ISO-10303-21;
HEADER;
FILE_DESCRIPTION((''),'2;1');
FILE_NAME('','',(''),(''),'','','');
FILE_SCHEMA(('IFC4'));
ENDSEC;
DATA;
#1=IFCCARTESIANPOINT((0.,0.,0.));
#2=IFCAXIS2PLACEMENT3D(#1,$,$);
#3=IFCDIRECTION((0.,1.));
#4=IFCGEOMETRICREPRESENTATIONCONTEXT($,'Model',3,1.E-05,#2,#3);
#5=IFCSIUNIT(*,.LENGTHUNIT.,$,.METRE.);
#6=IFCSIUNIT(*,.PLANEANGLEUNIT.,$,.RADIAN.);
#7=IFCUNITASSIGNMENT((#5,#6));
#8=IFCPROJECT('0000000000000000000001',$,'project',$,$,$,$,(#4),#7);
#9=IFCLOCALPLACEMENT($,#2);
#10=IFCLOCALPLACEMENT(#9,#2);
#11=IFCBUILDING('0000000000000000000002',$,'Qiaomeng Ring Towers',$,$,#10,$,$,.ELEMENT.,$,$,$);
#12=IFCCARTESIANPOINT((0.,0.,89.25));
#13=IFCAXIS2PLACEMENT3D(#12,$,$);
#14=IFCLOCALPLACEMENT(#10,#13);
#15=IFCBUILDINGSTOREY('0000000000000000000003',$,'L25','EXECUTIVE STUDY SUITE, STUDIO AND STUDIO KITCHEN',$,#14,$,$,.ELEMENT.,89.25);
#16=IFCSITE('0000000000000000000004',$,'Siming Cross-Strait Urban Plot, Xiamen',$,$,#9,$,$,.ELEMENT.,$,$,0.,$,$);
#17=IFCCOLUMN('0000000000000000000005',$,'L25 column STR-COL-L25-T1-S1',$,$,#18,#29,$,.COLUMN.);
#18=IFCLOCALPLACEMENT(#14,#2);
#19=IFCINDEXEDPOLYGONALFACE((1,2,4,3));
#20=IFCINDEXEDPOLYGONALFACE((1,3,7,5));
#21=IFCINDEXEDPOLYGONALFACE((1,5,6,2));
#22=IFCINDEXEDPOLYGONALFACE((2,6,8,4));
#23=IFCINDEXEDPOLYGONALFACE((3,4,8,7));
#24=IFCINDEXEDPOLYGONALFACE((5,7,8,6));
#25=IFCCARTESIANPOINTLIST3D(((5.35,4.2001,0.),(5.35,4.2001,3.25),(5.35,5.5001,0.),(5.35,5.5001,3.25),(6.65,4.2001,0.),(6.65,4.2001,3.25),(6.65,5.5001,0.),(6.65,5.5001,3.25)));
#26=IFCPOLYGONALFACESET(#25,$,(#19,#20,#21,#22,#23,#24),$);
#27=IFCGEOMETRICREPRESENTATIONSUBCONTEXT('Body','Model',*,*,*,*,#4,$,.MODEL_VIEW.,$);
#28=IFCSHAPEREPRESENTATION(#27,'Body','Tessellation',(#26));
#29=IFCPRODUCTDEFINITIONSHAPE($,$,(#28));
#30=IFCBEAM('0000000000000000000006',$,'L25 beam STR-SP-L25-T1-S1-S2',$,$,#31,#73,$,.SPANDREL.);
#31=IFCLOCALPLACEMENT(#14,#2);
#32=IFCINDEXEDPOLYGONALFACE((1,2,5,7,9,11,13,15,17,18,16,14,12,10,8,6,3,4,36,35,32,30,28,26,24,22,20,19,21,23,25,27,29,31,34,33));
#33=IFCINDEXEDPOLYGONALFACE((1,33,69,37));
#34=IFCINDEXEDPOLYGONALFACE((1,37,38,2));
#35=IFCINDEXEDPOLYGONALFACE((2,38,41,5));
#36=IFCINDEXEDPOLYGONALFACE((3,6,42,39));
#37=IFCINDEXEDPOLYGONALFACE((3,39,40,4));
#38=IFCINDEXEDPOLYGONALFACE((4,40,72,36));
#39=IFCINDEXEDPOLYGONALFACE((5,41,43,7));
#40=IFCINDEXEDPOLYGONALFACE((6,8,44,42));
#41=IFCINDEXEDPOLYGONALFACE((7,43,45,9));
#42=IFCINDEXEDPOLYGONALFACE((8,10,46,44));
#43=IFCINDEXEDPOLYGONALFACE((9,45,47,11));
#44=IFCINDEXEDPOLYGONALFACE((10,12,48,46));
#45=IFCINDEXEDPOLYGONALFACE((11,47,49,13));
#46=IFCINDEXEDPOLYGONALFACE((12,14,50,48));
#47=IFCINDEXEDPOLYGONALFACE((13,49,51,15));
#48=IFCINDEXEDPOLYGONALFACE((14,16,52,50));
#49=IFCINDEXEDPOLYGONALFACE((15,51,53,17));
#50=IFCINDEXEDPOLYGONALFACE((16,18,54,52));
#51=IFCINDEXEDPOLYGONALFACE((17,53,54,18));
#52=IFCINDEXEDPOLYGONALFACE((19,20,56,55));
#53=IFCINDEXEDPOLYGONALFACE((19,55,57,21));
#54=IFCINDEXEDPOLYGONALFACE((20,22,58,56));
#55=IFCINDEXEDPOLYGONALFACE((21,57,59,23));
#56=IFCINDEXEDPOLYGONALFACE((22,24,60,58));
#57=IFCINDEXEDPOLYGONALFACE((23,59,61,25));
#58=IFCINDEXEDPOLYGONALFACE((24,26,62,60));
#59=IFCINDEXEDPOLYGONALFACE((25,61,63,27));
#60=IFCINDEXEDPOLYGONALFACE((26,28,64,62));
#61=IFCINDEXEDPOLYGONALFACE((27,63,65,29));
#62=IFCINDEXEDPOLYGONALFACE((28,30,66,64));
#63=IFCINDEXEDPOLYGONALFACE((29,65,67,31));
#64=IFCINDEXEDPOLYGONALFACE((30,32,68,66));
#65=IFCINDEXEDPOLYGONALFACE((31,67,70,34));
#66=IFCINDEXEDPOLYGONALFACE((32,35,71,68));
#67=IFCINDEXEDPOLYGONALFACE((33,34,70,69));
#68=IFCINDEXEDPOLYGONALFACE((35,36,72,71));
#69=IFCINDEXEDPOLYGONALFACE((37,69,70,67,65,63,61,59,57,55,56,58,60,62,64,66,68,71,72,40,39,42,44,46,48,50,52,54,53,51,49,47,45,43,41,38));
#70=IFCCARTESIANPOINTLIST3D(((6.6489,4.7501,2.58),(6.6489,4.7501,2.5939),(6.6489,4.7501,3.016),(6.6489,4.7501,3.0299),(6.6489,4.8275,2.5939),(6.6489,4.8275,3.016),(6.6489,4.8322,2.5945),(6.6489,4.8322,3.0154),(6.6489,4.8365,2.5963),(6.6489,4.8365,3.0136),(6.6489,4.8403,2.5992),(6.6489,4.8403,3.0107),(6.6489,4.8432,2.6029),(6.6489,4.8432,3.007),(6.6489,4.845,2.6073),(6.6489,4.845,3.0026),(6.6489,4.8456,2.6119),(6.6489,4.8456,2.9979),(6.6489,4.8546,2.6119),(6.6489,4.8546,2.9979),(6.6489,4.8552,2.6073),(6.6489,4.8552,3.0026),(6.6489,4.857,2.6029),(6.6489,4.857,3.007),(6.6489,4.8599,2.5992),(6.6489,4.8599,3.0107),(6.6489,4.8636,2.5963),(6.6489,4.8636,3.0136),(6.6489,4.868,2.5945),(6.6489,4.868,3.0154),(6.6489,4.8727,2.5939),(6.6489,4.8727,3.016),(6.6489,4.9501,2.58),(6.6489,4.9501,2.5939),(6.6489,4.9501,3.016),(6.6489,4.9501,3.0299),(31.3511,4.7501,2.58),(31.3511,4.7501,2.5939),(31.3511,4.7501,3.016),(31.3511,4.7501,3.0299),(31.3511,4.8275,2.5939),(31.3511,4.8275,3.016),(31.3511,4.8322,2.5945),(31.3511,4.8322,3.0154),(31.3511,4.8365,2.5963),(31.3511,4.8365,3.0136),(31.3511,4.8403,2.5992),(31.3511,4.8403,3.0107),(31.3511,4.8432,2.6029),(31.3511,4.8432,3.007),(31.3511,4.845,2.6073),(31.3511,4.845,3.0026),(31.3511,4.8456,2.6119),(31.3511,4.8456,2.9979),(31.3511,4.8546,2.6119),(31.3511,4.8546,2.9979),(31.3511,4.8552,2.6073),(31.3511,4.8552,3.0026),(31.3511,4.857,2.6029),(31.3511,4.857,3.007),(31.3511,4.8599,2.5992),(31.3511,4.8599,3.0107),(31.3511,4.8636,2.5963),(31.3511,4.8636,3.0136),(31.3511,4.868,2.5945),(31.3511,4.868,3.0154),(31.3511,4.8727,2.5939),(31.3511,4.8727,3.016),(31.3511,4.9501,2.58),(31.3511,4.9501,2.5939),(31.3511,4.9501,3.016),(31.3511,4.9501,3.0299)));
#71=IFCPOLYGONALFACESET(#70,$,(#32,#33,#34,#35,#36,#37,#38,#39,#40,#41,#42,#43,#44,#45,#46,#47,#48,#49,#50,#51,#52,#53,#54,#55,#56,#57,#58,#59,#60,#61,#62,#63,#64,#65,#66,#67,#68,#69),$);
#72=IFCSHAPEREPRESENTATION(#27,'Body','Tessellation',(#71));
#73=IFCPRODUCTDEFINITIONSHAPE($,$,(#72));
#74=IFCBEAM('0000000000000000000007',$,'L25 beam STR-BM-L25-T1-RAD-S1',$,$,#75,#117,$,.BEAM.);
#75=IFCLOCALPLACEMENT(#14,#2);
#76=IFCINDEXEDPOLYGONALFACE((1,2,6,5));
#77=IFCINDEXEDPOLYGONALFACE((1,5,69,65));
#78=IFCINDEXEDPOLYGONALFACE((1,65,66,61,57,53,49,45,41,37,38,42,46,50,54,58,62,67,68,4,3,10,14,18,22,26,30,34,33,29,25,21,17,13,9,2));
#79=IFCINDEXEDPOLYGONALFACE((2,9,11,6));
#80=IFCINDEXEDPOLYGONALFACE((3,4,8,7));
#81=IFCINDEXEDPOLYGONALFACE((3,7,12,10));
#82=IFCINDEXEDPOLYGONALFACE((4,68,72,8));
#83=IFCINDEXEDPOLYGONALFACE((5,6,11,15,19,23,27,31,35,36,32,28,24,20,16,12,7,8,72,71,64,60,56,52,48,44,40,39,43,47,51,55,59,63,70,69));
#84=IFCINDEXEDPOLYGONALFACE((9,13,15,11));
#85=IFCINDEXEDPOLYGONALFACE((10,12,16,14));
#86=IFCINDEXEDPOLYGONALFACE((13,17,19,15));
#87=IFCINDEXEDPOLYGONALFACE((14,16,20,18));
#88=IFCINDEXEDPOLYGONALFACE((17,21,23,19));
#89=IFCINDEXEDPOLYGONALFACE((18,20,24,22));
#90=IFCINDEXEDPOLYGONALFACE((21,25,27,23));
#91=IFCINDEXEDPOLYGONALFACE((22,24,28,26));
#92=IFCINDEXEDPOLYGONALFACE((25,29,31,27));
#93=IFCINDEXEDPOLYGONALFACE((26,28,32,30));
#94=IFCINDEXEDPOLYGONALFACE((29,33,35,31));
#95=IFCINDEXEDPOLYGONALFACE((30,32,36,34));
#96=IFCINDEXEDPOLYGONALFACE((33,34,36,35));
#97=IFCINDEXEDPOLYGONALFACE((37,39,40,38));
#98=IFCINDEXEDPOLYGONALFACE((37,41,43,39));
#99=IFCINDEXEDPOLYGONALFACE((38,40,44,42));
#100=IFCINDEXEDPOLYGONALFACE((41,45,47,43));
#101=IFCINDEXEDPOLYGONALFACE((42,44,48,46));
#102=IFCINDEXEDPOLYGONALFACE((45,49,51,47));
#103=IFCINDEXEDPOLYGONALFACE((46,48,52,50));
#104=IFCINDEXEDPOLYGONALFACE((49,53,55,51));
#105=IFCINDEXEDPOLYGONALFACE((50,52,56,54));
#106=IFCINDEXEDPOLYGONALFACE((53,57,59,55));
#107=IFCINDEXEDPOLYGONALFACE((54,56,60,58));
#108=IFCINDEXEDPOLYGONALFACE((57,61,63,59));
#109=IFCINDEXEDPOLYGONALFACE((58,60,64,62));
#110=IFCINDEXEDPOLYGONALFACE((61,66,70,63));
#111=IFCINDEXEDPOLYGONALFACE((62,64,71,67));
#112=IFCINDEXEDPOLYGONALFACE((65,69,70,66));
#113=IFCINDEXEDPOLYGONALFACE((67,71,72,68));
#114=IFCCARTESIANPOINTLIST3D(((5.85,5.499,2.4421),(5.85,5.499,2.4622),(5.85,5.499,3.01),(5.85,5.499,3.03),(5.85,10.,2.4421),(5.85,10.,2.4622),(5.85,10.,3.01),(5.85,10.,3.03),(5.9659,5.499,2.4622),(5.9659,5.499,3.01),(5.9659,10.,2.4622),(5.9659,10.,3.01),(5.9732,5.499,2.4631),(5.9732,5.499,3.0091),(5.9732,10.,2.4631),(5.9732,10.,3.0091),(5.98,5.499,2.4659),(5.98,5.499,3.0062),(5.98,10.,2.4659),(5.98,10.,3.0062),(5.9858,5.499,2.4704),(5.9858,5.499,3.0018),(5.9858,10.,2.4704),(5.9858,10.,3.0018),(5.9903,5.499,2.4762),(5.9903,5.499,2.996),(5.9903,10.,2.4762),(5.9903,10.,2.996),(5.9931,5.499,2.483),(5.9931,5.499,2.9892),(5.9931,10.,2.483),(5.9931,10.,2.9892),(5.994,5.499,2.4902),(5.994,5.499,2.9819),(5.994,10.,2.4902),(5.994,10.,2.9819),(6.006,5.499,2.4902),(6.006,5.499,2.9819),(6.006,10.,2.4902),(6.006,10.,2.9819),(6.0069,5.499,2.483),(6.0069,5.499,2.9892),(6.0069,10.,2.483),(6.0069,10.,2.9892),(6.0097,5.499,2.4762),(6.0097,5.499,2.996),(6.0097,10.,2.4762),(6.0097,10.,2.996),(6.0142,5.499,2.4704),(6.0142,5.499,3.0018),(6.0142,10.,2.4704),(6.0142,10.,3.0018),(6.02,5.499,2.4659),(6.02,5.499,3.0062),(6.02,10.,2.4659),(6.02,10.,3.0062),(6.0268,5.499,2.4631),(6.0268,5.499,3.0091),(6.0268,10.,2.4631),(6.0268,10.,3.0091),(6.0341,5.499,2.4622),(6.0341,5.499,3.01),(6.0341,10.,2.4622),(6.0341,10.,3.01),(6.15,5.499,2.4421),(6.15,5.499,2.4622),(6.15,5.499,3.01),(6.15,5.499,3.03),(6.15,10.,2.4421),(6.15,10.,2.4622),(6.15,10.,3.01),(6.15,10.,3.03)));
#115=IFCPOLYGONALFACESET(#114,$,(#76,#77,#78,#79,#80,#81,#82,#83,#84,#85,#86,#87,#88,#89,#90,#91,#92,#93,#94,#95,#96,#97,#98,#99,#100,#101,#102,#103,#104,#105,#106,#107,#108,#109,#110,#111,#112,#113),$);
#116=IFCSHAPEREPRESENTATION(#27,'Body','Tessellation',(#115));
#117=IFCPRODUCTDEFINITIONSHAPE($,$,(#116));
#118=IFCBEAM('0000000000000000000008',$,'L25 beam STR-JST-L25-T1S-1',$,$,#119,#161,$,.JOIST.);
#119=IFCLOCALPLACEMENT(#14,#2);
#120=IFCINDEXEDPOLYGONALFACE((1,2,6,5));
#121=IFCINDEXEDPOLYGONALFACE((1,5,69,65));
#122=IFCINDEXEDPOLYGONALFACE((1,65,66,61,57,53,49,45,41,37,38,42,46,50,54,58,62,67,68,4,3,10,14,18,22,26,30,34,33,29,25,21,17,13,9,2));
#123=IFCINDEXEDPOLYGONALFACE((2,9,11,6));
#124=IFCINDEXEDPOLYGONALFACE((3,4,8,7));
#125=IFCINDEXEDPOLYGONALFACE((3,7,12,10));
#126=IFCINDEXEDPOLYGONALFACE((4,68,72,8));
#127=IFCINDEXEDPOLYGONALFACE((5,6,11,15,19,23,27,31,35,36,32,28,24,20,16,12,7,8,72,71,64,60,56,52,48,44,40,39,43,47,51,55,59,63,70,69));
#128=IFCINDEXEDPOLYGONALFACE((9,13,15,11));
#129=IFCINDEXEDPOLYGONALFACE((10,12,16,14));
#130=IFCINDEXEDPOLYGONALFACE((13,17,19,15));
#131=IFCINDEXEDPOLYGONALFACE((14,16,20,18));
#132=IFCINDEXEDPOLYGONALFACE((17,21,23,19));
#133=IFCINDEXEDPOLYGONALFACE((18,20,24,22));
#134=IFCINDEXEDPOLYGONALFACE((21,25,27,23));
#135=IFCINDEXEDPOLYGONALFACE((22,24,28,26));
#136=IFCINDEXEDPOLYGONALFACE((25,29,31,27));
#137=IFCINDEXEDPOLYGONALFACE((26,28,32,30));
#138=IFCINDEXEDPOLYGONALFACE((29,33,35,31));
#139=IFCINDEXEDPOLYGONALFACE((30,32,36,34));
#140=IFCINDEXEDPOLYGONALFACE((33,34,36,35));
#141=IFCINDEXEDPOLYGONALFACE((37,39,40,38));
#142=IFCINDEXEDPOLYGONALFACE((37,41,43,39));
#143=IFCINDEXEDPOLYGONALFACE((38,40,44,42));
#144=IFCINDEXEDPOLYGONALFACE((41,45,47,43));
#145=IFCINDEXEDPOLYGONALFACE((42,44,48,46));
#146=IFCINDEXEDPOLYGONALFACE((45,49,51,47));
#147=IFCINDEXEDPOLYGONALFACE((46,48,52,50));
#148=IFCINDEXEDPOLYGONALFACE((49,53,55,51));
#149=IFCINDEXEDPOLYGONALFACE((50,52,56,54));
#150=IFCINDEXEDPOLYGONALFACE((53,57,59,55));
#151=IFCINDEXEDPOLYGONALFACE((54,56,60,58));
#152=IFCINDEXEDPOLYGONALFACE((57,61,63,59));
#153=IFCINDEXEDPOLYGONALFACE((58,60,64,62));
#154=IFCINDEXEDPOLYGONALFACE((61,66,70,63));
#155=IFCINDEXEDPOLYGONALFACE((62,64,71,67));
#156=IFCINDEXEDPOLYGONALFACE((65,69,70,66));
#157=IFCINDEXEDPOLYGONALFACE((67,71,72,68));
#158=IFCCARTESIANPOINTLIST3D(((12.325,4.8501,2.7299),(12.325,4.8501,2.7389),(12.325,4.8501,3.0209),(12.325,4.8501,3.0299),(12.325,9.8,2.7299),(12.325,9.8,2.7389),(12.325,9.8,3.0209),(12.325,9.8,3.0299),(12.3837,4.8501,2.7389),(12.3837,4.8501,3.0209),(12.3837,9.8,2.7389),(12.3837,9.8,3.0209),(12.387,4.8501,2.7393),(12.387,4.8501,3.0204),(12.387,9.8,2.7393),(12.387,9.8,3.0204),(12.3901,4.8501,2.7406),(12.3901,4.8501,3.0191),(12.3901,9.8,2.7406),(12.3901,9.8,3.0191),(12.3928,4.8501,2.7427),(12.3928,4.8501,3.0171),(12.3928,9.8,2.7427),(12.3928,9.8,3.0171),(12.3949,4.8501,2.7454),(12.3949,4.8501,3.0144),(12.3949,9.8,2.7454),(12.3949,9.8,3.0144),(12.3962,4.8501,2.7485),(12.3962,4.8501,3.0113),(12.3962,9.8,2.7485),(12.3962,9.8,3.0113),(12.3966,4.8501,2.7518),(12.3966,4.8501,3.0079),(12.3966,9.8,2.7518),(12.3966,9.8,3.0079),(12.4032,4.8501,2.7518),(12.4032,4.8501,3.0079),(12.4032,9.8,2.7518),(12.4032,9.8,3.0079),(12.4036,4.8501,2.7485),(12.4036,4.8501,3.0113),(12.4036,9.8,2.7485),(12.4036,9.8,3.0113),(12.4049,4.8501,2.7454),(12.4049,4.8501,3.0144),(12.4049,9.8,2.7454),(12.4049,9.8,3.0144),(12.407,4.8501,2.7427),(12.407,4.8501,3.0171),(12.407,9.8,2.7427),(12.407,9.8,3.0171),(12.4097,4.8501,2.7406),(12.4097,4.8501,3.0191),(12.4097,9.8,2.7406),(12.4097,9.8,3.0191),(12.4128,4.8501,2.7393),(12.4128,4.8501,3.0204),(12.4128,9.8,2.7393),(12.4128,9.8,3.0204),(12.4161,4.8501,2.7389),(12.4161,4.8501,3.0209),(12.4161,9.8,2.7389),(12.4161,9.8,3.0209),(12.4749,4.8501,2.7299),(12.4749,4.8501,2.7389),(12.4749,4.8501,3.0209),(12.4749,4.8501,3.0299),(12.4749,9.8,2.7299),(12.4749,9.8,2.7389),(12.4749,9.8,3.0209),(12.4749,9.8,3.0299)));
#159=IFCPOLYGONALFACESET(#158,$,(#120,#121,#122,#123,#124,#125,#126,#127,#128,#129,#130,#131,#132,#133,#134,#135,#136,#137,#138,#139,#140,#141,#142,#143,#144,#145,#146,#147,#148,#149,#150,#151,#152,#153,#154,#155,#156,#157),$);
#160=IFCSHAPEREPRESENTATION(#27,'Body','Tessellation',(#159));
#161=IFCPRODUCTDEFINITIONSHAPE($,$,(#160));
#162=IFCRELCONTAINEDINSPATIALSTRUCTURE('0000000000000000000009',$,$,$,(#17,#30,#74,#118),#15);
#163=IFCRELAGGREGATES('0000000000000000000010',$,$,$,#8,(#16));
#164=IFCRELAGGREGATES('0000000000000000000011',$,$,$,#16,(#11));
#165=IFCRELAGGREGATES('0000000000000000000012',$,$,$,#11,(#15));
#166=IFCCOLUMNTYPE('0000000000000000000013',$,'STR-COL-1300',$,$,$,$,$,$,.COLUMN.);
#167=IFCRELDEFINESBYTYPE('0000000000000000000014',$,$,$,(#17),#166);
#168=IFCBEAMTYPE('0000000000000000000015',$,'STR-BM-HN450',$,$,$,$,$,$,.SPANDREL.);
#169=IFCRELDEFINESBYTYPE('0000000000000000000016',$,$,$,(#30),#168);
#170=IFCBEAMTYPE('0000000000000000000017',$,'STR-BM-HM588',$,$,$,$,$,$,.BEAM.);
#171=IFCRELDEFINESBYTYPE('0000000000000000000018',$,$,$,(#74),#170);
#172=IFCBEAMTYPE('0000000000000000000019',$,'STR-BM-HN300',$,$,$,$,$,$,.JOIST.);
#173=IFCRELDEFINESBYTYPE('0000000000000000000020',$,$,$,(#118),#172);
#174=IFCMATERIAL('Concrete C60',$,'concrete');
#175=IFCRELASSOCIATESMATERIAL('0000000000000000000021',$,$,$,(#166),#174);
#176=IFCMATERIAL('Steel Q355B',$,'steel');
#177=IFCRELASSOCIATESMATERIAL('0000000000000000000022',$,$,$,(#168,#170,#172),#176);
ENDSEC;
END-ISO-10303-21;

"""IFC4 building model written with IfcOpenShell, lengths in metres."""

from ifc_helpers import new_model, si_unit, direction, frame, origin, origin_2d, place, context, subcontext, project, spatial, rectangle, i_section, extrude, source, transform, mapped, material, material_profile, profile_set, type_object, element, save


model = new_model("IFC4")

# Units and contexts
model_context = context("Model", 3, precision=1e-05, world=origin(), true_north=direction((0.0, 1.0)))
body_context = subcontext(model_context, "Body", "Model", "MODEL_VIEW")
ifc_project = project(units=[si_unit("LENGTHUNIT", "METRE"), si_unit("PLANEANGLEUNIT", "RADIAN")], contexts=[model_context])

# Site, building, storey
site_placement = place(None, origin())
site = spatial("IfcSite", under=ifc_project, at=site_placement, Name="Siming Cross-Strait Urban Plot, Xiamen", CompositionType="ELEMENT", RefElevation=0.0)
building_placement = place(site_placement, origin())
building = spatial("IfcBuilding", under=site, at=building_placement, Name="Qiaomeng Ring Towers", CompositionType="ELEMENT")
storey_placement = place(building_placement, frame((0.0, 0.0, 89.25)))
storey = spatial("IfcBuildingStorey", under=building, at=storey_placement, Name="L25", Description="EXECUTIVE STUDY SUITE, STUDIO AND STUDIO KITCHEN", CompositionType="ELEMENT", Elevation=89.25)

# Column
ifc_material_1 = material(Name="Concrete C60", Category="concrete")
ifc_material_profile_1 = material_profile(ifc_material_1, rectangle(XDim=1.3, YDim=1.3, at=origin_2d()), Name="RC COL 1300x1300")
ifc_profile_set_1 = profile_set([ifc_material_profile_1], Name="Concrete C60")
column_type = type_object("IfcColumnType", Name="STR-COL-1300", PredefinedType="COLUMN", material=ifc_profile_set_1)
shared_shape_1 = source(origin(), body_context, "Body", "SweptSolid", [
    extrude(rectangle(XDim=1.3, YDim=1.3, at=origin_2d()), origin(), (0.0, 0.0, 1.0), 3.25),
])
column_placement = place(storey_placement, frame((6.0, 4.8501, 0.0), z_axis=(0.0, 0.0, 1.0), x_axis=(1.0, 0.0, 0.0)))
element("IfcColumn", 1, at=column_placement, inside=storey, type_object=column_type, Name="L25 column STR-COL-L25-T1-S1", PredefinedType="COLUMN", context=body_context, shape_type="MappedRepresentation", body=[
    mapped(shared_shape_1, transform((0.0, 0.0, 0.0), x_axis=(1.0, 0.0, 0.0), y_axis=(0.0, 1.0, 0.0), z_axis=(0.0, 0.0, 1.0), scale=1.0)),
])

# Beams
ifc_material_2 = material(Name="Steel Q355B", Category="steel")
ifc_material_profile_2 = material_profile(ifc_material_2, i_section(OverallWidth=0.2, OverallDepth=0.45, WebThickness=0.009, FlangeThickness=0.0139, FilletRadius=0.0181, at=origin_2d()), Name="HN 450x200x9x14")
ifc_profile_set_2 = profile_set([ifc_material_profile_2], Name="Steel Q355B")
beam_type_1 = type_object("IfcBeamType", Name="STR-BM-HN450", PredefinedType="SPANDREL", material=ifc_profile_set_2)
shared_shape_2 = source(origin(), body_context, "Body", "SweptSolid", [
    extrude(i_section(OverallWidth=0.2, OverallDepth=0.45, WebThickness=0.009, FlangeThickness=0.0139, FilletRadius=0.0181, at=origin_2d()), origin(), (0.0, 0.0, 1.0), 24.7021),
])
beam_1_placement = place(storey_placement, frame((6.6489, 4.8501, 2.8049), z_axis=(1.0, 0.0, 0.0), x_axis=(0.0, 1.0, 0.0)))
element("IfcBeam", 2, at=beam_1_placement, inside=storey, type_object=beam_type_1, Name="L25 beam STR-SP-L25-T1-S1-S2", PredefinedType="SPANDREL", context=body_context, shape_type="MappedRepresentation", body=[
    mapped(shared_shape_2, transform((0.0, 0.0, 0.0), x_axis=(1.0, 0.0, 0.0), y_axis=(0.0, 1.0, 0.0), z_axis=(0.0, 0.0, 1.0), scale=1.0)),
])
ifc_material_profile_3 = material_profile(ifc_material_2, i_section(OverallWidth=0.3, OverallDepth=0.5879, WebThickness=0.012, FlangeThickness=0.02, FilletRadius=0.0281, at=origin_2d()), Name="HM 588x300x12x20")
ifc_profile_set_3 = profile_set([ifc_material_profile_3], Name="Steel Q355B")
beam_type_2 = type_object("IfcBeamType", Name="STR-BM-HM588", PredefinedType="BEAM", material=ifc_profile_set_3)
shared_shape_3 = source(origin(), body_context, "Body", "SweptSolid", [
    extrude(i_section(OverallWidth=0.3, OverallDepth=0.5879, WebThickness=0.012, FlangeThickness=0.02, FilletRadius=0.0281, at=origin_2d()), origin(), (0.0, 0.0, 1.0), 4.501),
])
beam_2_placement = place(storey_placement, frame((6.0, 5.499, 2.7361), z_axis=(0.0, 1.0, 0.0), x_axis=(-1.0, 0.0, 0.0)))
element("IfcBeam", 3, at=beam_2_placement, inside=storey, type_object=beam_type_2, Name="L25 beam STR-BM-L25-T1-RAD-S1", PredefinedType="BEAM", context=body_context, shape_type="MappedRepresentation", body=[
    mapped(shared_shape_3, transform((0.0, 0.0, 0.0), x_axis=(1.0, 0.0, 0.0), y_axis=(0.0, 1.0, 0.0), z_axis=(0.0, 0.0, 1.0), scale=1.0)),
])
ifc_material_profile_4 = material_profile(ifc_material_2, i_section(OverallWidth=0.1499, OverallDepth=0.3, WebThickness=0.0066, FlangeThickness=0.009, FilletRadius=0.0129, at=origin_2d()), Name="HN 300x150x6.5x9")
ifc_profile_set_4 = profile_set([ifc_material_profile_4], Name="Steel Q355B")
beam_type_3 = type_object("IfcBeamType", Name="STR-BM-HN300", PredefinedType="JOIST", material=ifc_profile_set_4)
shared_shape_4 = source(origin(), body_context, "Body", "SweptSolid", [
    extrude(i_section(OverallWidth=0.1499, OverallDepth=0.3, WebThickness=0.0066, FlangeThickness=0.009, FilletRadius=0.0129, at=origin_2d()), origin(), (0.0, 0.0, 1.0), 4.95),
])
beam_3_placement = place(storey_placement, frame((12.3999, 4.8501, 2.8799), z_axis=(0.0, 1.0, 0.0), x_axis=(-1.0, 0.0, 0.0)))
element("IfcBeam", 4, at=beam_3_placement, inside=storey, type_object=beam_type_3, Name="L25 beam STR-JST-L25-T1S-1", PredefinedType="JOIST", context=body_context, shape_type="MappedRepresentation", body=[
    mapped(shared_shape_4, transform((0.0, 0.0, 0.0), x_axis=(1.0, 0.0, 0.0), y_axis=(0.0, 1.0, 0.0), z_axis=(0.0, 0.0, 1.0), scale=1.0)),
])

save(model, "model.ifc")
